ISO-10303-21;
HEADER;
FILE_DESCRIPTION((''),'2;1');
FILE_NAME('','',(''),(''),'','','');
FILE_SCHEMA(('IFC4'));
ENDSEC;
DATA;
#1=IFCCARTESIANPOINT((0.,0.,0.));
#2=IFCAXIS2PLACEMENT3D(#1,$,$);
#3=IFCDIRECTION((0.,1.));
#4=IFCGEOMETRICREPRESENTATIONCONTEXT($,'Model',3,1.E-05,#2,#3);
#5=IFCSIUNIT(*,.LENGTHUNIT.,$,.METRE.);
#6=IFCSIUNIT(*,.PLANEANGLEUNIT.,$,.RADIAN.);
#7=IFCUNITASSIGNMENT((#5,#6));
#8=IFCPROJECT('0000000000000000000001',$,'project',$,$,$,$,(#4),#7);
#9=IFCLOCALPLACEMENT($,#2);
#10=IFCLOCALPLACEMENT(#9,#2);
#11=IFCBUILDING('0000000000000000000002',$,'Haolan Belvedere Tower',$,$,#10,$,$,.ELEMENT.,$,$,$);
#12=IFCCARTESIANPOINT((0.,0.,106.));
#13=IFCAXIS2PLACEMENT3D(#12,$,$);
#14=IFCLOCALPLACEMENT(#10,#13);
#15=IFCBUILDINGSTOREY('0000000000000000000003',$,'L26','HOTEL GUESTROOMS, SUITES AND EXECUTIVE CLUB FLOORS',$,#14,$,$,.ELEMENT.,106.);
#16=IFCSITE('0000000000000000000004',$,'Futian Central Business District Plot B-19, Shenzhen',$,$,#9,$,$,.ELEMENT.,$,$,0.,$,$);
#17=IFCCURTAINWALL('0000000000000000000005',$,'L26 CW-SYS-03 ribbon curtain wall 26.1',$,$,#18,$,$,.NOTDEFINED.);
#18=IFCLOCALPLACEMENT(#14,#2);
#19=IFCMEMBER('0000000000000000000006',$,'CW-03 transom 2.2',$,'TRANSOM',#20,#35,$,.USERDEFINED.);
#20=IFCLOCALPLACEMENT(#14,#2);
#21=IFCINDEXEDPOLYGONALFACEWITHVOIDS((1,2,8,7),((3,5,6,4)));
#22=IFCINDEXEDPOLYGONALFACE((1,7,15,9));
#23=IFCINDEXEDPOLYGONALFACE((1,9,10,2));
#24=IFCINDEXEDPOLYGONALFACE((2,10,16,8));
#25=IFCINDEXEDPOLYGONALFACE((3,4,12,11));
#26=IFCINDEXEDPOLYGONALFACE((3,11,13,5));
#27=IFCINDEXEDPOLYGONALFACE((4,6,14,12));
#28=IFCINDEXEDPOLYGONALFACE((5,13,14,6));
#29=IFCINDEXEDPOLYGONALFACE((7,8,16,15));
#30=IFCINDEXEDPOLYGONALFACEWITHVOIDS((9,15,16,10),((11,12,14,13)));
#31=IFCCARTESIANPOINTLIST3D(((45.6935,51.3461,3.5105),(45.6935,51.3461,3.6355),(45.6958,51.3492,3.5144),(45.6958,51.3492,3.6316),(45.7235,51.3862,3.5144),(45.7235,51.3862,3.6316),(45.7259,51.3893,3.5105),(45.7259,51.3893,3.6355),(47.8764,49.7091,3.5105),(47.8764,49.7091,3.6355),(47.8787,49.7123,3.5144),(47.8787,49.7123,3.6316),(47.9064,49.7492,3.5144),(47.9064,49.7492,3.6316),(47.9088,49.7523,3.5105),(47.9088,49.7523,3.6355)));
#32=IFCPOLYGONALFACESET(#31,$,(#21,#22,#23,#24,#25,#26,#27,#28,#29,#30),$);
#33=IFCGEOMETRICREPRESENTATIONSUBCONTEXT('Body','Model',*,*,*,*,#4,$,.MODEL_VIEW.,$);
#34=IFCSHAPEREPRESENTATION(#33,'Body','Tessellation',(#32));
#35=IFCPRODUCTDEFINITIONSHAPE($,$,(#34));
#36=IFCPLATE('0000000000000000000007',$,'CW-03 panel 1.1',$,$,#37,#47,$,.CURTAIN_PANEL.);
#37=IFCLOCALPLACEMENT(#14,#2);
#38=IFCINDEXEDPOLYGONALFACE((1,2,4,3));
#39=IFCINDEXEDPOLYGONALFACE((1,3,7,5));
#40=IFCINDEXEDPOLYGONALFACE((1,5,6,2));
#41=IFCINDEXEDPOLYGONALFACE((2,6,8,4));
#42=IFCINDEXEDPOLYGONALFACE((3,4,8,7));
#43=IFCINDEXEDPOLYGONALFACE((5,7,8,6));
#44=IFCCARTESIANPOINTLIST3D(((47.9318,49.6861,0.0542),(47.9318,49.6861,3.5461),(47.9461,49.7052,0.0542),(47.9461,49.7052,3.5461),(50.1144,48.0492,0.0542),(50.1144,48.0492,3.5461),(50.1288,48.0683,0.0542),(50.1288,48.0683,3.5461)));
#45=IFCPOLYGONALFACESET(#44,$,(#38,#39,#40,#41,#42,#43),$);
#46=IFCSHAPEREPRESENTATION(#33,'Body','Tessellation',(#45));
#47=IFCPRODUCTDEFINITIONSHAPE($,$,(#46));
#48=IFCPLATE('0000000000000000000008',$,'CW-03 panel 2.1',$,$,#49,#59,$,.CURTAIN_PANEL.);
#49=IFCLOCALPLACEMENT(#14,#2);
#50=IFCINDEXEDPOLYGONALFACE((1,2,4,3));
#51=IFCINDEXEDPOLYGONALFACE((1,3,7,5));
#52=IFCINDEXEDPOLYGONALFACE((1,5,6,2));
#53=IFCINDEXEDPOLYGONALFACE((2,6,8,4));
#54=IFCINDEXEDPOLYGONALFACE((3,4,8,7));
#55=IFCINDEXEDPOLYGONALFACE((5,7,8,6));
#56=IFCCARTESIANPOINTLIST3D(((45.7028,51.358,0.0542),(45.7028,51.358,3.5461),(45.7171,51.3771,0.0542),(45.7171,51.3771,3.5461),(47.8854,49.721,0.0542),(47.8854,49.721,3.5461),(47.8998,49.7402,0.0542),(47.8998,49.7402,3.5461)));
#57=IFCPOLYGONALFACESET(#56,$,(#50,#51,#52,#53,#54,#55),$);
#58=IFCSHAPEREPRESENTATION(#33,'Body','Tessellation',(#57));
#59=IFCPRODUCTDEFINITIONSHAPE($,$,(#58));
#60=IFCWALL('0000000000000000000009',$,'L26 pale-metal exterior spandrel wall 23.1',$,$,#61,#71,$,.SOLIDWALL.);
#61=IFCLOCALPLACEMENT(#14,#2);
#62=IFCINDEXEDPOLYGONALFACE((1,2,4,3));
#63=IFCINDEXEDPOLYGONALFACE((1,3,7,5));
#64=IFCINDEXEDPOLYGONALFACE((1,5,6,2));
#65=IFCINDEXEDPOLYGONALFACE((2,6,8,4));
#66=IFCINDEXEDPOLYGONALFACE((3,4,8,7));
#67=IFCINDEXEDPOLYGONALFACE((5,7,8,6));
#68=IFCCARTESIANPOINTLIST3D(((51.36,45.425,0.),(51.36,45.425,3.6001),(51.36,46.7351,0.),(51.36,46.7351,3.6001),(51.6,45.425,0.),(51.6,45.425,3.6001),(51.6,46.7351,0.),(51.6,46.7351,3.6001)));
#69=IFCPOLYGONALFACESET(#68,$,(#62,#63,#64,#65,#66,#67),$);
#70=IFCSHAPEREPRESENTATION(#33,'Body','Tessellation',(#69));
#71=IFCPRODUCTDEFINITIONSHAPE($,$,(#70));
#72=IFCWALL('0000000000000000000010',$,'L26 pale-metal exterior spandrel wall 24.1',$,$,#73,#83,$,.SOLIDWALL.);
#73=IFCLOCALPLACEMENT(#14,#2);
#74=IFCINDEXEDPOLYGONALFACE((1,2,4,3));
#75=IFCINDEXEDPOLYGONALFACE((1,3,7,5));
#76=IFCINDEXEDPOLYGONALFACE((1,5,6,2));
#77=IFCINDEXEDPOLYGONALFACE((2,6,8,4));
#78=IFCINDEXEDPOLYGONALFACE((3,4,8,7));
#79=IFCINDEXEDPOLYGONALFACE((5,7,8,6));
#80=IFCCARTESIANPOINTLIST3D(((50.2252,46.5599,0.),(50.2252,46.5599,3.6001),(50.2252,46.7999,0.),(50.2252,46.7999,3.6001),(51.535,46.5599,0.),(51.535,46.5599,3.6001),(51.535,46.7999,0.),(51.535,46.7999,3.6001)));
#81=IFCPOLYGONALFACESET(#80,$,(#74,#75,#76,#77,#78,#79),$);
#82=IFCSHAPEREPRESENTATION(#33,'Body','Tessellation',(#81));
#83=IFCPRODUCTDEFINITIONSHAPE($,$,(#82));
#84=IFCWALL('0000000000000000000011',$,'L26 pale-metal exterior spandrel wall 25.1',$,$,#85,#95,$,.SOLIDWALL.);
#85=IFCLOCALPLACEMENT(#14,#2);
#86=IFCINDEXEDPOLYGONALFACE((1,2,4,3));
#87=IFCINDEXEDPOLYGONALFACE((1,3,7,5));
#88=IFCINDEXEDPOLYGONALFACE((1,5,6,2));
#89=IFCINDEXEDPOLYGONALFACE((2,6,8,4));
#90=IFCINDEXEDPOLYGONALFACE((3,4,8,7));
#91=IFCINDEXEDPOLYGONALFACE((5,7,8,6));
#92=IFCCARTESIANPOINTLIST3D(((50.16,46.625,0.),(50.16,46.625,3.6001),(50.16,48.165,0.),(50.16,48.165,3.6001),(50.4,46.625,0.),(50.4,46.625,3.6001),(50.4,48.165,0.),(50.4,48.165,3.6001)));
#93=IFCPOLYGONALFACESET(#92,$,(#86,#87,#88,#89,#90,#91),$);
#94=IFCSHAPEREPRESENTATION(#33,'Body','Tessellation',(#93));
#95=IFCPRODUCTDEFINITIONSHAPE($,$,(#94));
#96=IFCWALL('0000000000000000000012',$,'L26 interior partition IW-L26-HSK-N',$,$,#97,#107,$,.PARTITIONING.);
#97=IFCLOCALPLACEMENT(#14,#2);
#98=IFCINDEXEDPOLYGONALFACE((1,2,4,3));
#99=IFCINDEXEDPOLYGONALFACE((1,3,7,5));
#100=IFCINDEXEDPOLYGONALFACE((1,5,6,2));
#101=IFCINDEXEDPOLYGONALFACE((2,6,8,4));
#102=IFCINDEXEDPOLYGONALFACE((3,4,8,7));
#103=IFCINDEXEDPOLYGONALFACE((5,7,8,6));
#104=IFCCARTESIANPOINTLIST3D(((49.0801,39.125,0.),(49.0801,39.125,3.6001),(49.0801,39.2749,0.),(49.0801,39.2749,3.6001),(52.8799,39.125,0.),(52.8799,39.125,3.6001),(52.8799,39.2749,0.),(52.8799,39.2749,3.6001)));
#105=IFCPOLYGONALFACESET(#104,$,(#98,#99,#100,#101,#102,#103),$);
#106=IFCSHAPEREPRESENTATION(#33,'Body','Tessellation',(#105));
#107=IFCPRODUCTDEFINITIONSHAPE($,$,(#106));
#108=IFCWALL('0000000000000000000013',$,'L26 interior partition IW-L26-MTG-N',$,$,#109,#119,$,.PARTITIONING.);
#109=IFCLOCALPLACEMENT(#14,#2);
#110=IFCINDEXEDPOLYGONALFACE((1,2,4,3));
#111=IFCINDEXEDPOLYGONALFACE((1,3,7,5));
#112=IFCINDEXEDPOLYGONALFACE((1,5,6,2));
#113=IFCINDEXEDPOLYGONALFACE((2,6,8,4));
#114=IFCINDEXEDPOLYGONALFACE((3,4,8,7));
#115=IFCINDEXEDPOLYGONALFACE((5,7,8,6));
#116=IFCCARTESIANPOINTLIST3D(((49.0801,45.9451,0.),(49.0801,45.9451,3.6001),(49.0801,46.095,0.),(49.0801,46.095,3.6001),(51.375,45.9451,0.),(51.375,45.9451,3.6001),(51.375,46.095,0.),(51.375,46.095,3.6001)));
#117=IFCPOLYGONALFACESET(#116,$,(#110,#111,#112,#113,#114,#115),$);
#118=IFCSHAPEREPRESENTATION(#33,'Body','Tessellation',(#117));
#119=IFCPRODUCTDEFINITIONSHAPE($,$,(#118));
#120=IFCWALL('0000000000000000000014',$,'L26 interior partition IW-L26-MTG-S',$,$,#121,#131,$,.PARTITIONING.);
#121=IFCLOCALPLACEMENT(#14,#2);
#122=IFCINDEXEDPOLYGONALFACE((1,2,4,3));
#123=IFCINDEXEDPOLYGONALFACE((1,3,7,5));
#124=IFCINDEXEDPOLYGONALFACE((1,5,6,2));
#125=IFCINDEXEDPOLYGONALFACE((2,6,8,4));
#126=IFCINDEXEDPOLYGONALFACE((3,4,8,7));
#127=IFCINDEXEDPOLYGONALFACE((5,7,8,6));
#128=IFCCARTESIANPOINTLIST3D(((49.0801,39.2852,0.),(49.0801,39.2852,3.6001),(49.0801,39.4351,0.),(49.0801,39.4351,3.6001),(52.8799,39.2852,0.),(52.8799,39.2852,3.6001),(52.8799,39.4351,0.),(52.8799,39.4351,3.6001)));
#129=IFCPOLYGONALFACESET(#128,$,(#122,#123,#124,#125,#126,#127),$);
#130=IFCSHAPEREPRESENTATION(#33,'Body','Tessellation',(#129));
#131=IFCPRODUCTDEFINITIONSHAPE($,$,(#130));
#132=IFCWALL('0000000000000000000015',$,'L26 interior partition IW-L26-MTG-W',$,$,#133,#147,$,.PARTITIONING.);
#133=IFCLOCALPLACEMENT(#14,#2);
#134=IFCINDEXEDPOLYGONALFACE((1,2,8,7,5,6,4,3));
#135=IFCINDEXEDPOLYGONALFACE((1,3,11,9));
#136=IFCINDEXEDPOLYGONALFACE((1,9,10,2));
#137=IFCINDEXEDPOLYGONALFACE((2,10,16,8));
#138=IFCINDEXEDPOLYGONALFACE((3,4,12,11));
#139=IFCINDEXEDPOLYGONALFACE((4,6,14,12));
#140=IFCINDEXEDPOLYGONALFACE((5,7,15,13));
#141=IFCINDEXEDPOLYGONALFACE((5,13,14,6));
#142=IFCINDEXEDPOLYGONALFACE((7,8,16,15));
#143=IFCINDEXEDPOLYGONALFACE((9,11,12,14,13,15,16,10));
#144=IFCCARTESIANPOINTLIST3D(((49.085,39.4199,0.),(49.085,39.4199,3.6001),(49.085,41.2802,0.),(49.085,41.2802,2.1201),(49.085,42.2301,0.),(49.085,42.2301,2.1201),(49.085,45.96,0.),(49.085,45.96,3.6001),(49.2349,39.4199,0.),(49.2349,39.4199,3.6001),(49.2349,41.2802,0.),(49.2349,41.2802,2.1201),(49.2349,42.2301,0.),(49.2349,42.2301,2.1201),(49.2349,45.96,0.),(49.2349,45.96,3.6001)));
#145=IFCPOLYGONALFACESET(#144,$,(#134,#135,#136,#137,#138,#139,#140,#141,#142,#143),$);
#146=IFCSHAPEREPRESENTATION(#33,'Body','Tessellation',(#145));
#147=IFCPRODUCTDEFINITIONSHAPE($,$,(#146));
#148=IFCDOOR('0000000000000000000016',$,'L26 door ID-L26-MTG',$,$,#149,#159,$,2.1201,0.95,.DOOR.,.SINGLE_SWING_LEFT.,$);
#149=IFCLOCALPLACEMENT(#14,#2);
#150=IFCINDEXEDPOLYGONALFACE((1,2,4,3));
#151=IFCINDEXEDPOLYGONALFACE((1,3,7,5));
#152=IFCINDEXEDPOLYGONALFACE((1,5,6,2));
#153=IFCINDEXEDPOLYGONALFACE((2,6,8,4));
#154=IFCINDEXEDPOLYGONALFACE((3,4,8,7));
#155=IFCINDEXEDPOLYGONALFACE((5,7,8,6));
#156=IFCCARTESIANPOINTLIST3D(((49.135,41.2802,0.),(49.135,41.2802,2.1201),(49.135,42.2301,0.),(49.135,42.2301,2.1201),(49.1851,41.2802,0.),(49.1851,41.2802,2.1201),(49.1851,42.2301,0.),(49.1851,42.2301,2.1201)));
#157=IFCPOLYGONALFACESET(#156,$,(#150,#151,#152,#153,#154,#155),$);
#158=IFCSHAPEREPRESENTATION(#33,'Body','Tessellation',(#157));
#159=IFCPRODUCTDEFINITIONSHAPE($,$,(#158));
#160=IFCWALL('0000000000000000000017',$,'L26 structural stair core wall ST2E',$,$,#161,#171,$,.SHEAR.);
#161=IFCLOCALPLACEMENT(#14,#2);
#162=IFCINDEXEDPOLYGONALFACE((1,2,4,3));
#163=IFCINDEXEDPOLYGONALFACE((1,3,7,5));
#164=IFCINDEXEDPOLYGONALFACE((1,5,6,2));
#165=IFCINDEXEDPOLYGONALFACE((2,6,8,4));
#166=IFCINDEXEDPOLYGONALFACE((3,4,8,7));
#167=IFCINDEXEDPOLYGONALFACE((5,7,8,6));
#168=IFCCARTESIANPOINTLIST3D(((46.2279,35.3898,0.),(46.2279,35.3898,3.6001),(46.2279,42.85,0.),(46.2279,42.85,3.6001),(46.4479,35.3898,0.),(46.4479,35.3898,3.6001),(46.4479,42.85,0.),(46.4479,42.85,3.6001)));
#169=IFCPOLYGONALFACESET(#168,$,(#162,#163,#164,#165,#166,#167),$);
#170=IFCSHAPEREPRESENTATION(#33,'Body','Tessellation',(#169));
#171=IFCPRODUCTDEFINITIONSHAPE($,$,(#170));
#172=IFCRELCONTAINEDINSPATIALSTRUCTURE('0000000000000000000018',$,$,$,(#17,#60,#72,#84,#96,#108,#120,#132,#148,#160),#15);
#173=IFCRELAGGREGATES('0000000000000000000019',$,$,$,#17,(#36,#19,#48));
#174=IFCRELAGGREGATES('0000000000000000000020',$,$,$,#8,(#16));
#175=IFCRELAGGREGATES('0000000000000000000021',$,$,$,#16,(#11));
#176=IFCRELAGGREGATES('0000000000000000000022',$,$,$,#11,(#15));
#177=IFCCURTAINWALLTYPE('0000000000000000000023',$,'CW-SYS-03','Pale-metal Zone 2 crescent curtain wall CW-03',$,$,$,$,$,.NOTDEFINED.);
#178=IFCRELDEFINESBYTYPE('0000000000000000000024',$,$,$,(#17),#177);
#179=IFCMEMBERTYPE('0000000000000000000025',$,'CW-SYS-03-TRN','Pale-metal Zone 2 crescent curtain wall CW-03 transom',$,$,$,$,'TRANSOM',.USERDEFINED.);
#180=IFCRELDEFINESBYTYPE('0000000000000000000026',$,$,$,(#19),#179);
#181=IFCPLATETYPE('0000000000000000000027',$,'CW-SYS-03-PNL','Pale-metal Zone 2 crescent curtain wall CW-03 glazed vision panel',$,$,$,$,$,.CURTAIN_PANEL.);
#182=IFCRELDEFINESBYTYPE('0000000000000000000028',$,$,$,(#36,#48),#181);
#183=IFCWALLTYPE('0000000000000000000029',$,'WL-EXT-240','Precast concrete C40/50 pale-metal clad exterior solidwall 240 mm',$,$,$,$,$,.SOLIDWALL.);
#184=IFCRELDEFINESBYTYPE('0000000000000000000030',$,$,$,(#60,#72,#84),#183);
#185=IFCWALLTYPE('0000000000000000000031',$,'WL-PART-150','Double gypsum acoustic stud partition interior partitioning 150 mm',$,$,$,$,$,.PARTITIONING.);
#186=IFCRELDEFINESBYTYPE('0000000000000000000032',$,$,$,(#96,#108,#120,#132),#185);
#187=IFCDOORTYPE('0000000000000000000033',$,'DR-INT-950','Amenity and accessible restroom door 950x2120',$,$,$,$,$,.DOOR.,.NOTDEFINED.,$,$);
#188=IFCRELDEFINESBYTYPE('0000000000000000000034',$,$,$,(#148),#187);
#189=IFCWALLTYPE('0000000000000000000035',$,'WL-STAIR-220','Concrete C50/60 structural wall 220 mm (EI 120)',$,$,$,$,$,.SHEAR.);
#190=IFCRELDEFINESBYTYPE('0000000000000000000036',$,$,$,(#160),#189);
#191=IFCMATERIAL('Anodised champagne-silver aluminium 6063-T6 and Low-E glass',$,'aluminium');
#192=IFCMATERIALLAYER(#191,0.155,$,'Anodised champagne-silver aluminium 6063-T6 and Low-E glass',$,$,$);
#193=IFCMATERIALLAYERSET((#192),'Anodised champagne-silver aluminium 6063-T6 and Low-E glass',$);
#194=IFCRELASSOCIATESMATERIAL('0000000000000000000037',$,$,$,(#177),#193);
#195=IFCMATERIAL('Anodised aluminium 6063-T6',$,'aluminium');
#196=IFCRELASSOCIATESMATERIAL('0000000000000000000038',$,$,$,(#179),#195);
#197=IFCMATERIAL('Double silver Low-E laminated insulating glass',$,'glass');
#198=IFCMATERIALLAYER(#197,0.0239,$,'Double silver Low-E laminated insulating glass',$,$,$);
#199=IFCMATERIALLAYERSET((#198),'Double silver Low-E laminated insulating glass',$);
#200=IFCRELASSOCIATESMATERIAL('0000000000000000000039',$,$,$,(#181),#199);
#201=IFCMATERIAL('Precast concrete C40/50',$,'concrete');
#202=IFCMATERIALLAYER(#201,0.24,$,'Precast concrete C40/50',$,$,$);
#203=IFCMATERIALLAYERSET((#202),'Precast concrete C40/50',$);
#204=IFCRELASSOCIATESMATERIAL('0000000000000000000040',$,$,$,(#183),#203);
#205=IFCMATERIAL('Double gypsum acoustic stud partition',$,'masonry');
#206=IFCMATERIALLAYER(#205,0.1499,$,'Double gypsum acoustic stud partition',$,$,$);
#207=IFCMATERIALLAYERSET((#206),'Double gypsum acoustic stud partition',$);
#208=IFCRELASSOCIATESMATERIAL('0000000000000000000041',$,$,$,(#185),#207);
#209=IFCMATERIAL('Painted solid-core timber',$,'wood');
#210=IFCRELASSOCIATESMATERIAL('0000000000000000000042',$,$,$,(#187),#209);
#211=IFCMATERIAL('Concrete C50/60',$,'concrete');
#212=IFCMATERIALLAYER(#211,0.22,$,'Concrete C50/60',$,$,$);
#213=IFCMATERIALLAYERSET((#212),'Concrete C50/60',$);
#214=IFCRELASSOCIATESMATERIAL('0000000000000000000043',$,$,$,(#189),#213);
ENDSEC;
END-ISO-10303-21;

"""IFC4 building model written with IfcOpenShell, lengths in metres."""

from ifc_helpers import new_model, si_unit, direction, frame, frame_2d, origin, origin_2d, place, context, subcontext, project, spatial, rectangle, hollow_rectangle, extrude, material, layer, layer_set, material_profile, profile_set, type_object, element, fill, aggregate, save


model = new_model("IFC4")

# Units and contexts
model_context = context("Model", 3, precision=1e-05, world=origin(), true_north=direction((0.0, 1.0)))
body_context = subcontext(model_context, "Body", "Model", "MODEL_VIEW")
ifc_project = project(units=[si_unit("LENGTHUNIT", "METRE"), si_unit("PLANEANGLEUNIT", "RADIAN")], contexts=[model_context])

# Site, building, storey
site_placement = place(None, origin())
site = spatial("IfcSite", under=ifc_project, at=site_placement, Name="Futian Central Business District Plot B-19, Shenzhen", CompositionType="ELEMENT", RefElevation=0.0)
building_placement = place(site_placement, origin())
building = spatial("IfcBuilding", under=site, at=building_placement, Name="Haolan Belvedere Tower", CompositionType="ELEMENT")
storey_placement = place(building_placement, frame((0.0, 0.0, 106.0)))
storey = spatial("IfcBuildingStorey", under=building, at=storey_placement, Name="L26", Description="HOTEL GUESTROOMS, SUITES AND EXECUTIVE CLUB FLOORS", CompositionType="ELEMENT", Elevation=106.0)

# Curtain wall, member, plates
ifc_material_1 = material(Name="Anodised champagne-silver aluminium 6063-T6 and Low-E glass", Category="aluminium")
ifc_layer_1 = layer(ifc_material_1, 0.155, Name="Anodised champagne-silver aluminium 6063-T6 and Low-E glass")
ifc_layer_set_1 = layer_set([ifc_layer_1], Name="Anodised champagne-silver aluminium 6063-T6 and Low-E glass")
curtain_wall_type = type_object("IfcCurtainWallType", Name="CW-SYS-03", Description="Pale-metal Zone 2 crescent curtain wall CW-03", PredefinedType="NOTDEFINED", material=ifc_layer_set_1)
curtain_wall_placement = place(storey_placement, origin())
curtain_wall = element("IfcCurtainWall", 1, at=curtain_wall_placement, inside=storey, type_object=curtain_wall_type, Name="L26 CW-SYS-03 ribbon curtain wall 26.1", PredefinedType="NOTDEFINED")
ifc_material_2 = material(Name="Anodised aluminium 6063-T6", Category="aluminium")
ifc_material_profile_1 = material_profile(ifc_material_2, hollow_rectangle(XDim=0.054, YDim=0.125, WallThickness=0.0039, at=origin_2d()), Name="Anodised aluminium 6063-T6")
ifc_profile_set_1 = profile_set([ifc_material_profile_1], Name="Anodised aluminium 6063-T6")
member_type_1 = type_object("IfcMemberType", Name="CW-SYS-03-TRN", Description="Pale-metal Zone 2 crescent curtain wall CW-03 transom", ElementType="TRANSOM", PredefinedType="USERDEFINED", material=ifc_profile_set_1)
member_1_placement = place(storey_placement, frame((47.8926, 49.7307, 3.573), z_axis=(-0.800032, 0.599957, 0.0), x_axis=(-0.599957, -0.800032, 0.0)))
member_1 = element("IfcMember", 2, at=member_1_placement, type_object=member_type_1, Name="CW-03 transom 2.2", ObjectType="TRANSOM", PredefinedType="USERDEFINED", context=body_context, shape_type="SweptSolid", body=[
    extrude(hollow_rectangle(XDim=0.054, YDim=0.125, WallThickness=0.0039, at=origin_2d()), origin(), (0.0, 0.0, 1.0), 2.7285),
])
ifc_material_3 = material(Name="Double silver Low-E laminated insulating glass", Category="glass")
ifc_layer_2 = layer(ifc_material_3, 0.0239, Name="Double silver Low-E laminated insulating glass")
ifc_layer_set_2 = layer_set([ifc_layer_2], Name="Double silver Low-E laminated insulating glass")
plate_type = type_object("IfcPlateType", Name="CW-SYS-03-PNL", Description="Pale-metal Zone 2 crescent curtain wall CW-03 glazed vision panel", PredefinedType="CURTAIN_PANEL", material=ifc_layer_set_2)
plate_1_placement = place(storey_placement, frame((49.0303, 48.8772, 0.0542), z_axis=(0.0, 0.0, 1.0), x_axis=(-0.800004, 0.599994, 0.0)))
plate_1 = element("IfcPlate", 3, at=plate_1_placement, type_object=plate_type, Name="CW-03 panel 1.1", PredefinedType="CURTAIN_PANEL", context=body_context, shape_type="SweptSolid", body=[
    extrude(rectangle(XDim=2.7283, YDim=0.0239, at=origin_2d()), origin(), (0.0, 0.0, 1.0), 3.4919),
])
plate_2_placement = place(storey_placement, frame((46.8013, 50.5491, 0.0542), z_axis=(0.0, 0.0, 1.0), x_axis=(-0.800004, 0.599994, 0.0)))
plate_2 = element("IfcPlate", 4, at=plate_2_placement, type_object=plate_type, Name="CW-03 panel 2.1", PredefinedType="CURTAIN_PANEL", context=body_context, shape_type="SweptSolid", body=[
    extrude(rectangle(XDim=2.7283, YDim=0.0239, at=origin_2d()), origin(), (0.0, 0.0, 1.0), 3.4919),
])
aggregate(curtain_wall, [plate_1, member_1, plate_2])

# Walls
ifc_material_4 = material(Name="Precast concrete C40/50", Category="concrete")
ifc_layer_3 = layer(ifc_material_4, 0.24, Name="Precast concrete C40/50")
ifc_layer_set_3 = layer_set([ifc_layer_3], Name="Precast concrete C40/50")
wall_type_1 = type_object("IfcWallType", Name="WL-EXT-240", Description="Precast concrete C40/50 pale-metal clad exterior solidwall 240 mm", PredefinedType="SOLIDWALL", material=ifc_layer_set_3)
wall_1_placement = place(storey_placement, frame((51.48, 45.425, 0.0), z_axis=(0.0, 0.0, 1.0), x_axis=(0.0, 1.0, 0.0)))
element("IfcWall", 5, at=wall_1_placement, inside=storey, type_object=wall_type_1, Name="L26 pale-metal exterior spandrel wall 23.1", PredefinedType="SOLIDWALL", context=body_context, shape_type="SweptSolid", body=[
    extrude(rectangle(XDim=1.3101, YDim=0.24, at=frame_2d((0.655, 0.0))), origin(), (0.0, 0.0, 1.0), 3.6001),
])
wall_2_placement = place(storey_placement, frame((51.5349, 46.6799, 0.0), z_axis=(0.0, 0.0, 1.0), x_axis=(-1.0, 0.0, 0.0)))
element("IfcWall", 6, at=wall_2_placement, inside=storey, type_object=wall_type_1, Name="L26 pale-metal exterior spandrel wall 24.1", PredefinedType="SOLIDWALL", context=body_context, shape_type="SweptSolid", body=[
    extrude(rectangle(XDim=1.3098, YDim=0.24, at=frame_2d((0.6548, 0.0))), origin(), (0.0, 0.0, 1.0), 3.6001),
])
wall_3_placement = place(storey_placement, frame((50.28, 46.625, 0.0), z_axis=(0.0, 0.0, 1.0), x_axis=(0.0, 1.0, 0.0)))
element("IfcWall", 7, at=wall_3_placement, inside=storey, type_object=wall_type_1, Name="L26 pale-metal exterior spandrel wall 25.1", PredefinedType="SOLIDWALL", context=body_context, shape_type="SweptSolid", body=[
    extrude(rectangle(XDim=1.54, YDim=0.24, at=frame_2d((0.77, 0.0))), origin(), (0.0, 0.0, 1.0), 3.6001),
])
ifc_material_5 = material(Name="Double gypsum acoustic stud partition", Category="masonry")
ifc_layer_4 = layer(ifc_material_5, 0.1499, Name="Double gypsum acoustic stud partition")
ifc_layer_set_4 = layer_set([ifc_layer_4], Name="Double gypsum acoustic stud partition")
wall_type_2 = type_object("IfcWallType", Name="WL-PART-150", Description="Double gypsum acoustic stud partition interior partitioning 150 mm", PredefinedType="PARTITIONING", material=ifc_layer_set_4)
wall_4_placement = place(storey_placement, frame((49.0801, 39.2, 0.0), z_axis=(0.0, 0.0, 1.0), x_axis=(1.0, 0.0, 0.0)))
element("IfcWall", 8, at=wall_4_placement, inside=storey, type_object=wall_type_2, Name="L26 interior partition IW-L26-HSK-N", PredefinedType="PARTITIONING", context=body_context, shape_type="SweptSolid", body=[
    extrude(rectangle(XDim=3.7998, YDim=0.1499, at=frame_2d((1.8999, 0.0))), origin(), (0.0, 0.0, 1.0), 3.6001),
])
wall_5_placement = place(storey_placement, frame((49.0801, 46.02, 0.0), z_axis=(0.0, 0.0, 1.0), x_axis=(1.0, 0.0, 0.0)))
element("IfcWall", 9, at=wall_5_placement, inside=storey, type_object=wall_type_2, Name="L26 interior partition IW-L26-MTG-N", PredefinedType="PARTITIONING", context=body_context, shape_type="SweptSolid", body=[
    extrude(rectangle(XDim=2.2949, YDim=0.1499, at=frame_2d((1.1475, 0.0))), origin(), (0.0, 0.0, 1.0), 3.6001),
])
wall_6_placement = place(storey_placement, frame((49.0801, 39.3601, 0.0), z_axis=(0.0, 0.0, 1.0), x_axis=(1.0, 0.0, 0.0)))
element("IfcWall", 10, at=wall_6_placement, inside=storey, type_object=wall_type_2, Name="L26 interior partition IW-L26-MTG-S", PredefinedType="PARTITIONING", context=body_context, shape_type="SweptSolid", body=[
    extrude(rectangle(XDim=3.7998, YDim=0.1499, at=frame_2d((1.8999, 0.0))), origin(), (0.0, 0.0, 1.0), 3.6001),
])

# Wall, opening, door
wall_7_placement = place(storey_placement, frame((49.1599, 39.4199, 0.0), z_axis=(0.0, 0.0, 1.0), x_axis=(0.0, 1.0, 0.0)))
wall_7 = element("IfcWall", 11, at=wall_7_placement, inside=storey, type_object=wall_type_2, Name="L26 interior partition IW-L26-MTG-W", PredefinedType="PARTITIONING", context=body_context, shape_type="SweptSolid", body=[
    extrude(rectangle(XDim=6.54, YDim=0.1499, at=frame_2d((3.27, 0.0))), origin(), (0.0, 0.0, 1.0), 3.6001),
])
opening_placement = place(wall_7_placement, frame((1.8601, 0.0, 0.0)))
opening = element("IfcOpeningElement", 12, at=opening_placement, cuts=wall_7, PredefinedType="OPENING", context=body_context, shape_type="SweptSolid", body=[
    extrude(rectangle(XDim=0.95, YDim=2.1201, at=frame_2d((0.4751, 1.0601))), frame((0.0, 0.085, 0.0), z_axis=(0.0, -1.0, 0.0), x_axis=(1.0, 0.0, 0.0)), (0.0, 0.0, 1.0), 0.1699),
])
ifc_material_6 = material(Name="Painted solid-core timber", Category="wood")
door_type = type_object("IfcDoorType", Name="DR-INT-950", Description="Amenity and accessible restroom door 950x2120", OperationType="NOTDEFINED", PredefinedType="DOOR", material=ifc_material_6)
door_placement = place(opening_placement, origin())
door = element("IfcDoor", 13, at=door_placement, inside=storey, type_object=door_type, Name="L26 door ID-L26-MTG", OperationType="SINGLE_SWING_LEFT", OverallHeight=2.1201, OverallWidth=0.95, PredefinedType="DOOR", context=body_context, shape_type="SweptSolid", body=[
    extrude(rectangle(XDim=0.95, YDim=2.1201, at=frame_2d((0.4751, 1.0601))), frame((0.0, 0.0249, 0.0), z_axis=(0.0, -1.0, 0.0), x_axis=(1.0, 0.0, 0.0)), (0.0, 0.0, 1.0), 0.05),
])
fill(opening, door)

# Wall
ifc_material_7 = material(Name="Concrete C50/60", Category="concrete")
ifc_layer_5 = layer(ifc_material_7, 0.22, Name="Concrete C50/60")
ifc_layer_set_5 = layer_set([ifc_layer_5], Name="Concrete C50/60")
wall_type_3 = type_object("IfcWallType", Name="WL-STAIR-220", Description="Concrete C50/60 structural wall 220 mm (EI 120)", PredefinedType="SHEAR", material=ifc_layer_set_5)
wall_8_placement = place(storey_placement, frame((46.3379, 35.3899, 0.0), z_axis=(0.0, 0.0, 1.0), x_axis=(0.0, 1.0, 0.0)))
element("IfcWall", 14, at=wall_8_placement, inside=storey, type_object=wall_type_3, Name="L26 structural stair core wall ST2E", PredefinedType="SHEAR", context=body_context, shape_type="SweptSolid", body=[
    extrude(rectangle(XDim=7.4602, YDim=0.22, at=frame_2d((3.73, 0.0))), origin(), (0.0, 0.0, 1.0), 3.6001),
])

save(model, "model.ifc")
